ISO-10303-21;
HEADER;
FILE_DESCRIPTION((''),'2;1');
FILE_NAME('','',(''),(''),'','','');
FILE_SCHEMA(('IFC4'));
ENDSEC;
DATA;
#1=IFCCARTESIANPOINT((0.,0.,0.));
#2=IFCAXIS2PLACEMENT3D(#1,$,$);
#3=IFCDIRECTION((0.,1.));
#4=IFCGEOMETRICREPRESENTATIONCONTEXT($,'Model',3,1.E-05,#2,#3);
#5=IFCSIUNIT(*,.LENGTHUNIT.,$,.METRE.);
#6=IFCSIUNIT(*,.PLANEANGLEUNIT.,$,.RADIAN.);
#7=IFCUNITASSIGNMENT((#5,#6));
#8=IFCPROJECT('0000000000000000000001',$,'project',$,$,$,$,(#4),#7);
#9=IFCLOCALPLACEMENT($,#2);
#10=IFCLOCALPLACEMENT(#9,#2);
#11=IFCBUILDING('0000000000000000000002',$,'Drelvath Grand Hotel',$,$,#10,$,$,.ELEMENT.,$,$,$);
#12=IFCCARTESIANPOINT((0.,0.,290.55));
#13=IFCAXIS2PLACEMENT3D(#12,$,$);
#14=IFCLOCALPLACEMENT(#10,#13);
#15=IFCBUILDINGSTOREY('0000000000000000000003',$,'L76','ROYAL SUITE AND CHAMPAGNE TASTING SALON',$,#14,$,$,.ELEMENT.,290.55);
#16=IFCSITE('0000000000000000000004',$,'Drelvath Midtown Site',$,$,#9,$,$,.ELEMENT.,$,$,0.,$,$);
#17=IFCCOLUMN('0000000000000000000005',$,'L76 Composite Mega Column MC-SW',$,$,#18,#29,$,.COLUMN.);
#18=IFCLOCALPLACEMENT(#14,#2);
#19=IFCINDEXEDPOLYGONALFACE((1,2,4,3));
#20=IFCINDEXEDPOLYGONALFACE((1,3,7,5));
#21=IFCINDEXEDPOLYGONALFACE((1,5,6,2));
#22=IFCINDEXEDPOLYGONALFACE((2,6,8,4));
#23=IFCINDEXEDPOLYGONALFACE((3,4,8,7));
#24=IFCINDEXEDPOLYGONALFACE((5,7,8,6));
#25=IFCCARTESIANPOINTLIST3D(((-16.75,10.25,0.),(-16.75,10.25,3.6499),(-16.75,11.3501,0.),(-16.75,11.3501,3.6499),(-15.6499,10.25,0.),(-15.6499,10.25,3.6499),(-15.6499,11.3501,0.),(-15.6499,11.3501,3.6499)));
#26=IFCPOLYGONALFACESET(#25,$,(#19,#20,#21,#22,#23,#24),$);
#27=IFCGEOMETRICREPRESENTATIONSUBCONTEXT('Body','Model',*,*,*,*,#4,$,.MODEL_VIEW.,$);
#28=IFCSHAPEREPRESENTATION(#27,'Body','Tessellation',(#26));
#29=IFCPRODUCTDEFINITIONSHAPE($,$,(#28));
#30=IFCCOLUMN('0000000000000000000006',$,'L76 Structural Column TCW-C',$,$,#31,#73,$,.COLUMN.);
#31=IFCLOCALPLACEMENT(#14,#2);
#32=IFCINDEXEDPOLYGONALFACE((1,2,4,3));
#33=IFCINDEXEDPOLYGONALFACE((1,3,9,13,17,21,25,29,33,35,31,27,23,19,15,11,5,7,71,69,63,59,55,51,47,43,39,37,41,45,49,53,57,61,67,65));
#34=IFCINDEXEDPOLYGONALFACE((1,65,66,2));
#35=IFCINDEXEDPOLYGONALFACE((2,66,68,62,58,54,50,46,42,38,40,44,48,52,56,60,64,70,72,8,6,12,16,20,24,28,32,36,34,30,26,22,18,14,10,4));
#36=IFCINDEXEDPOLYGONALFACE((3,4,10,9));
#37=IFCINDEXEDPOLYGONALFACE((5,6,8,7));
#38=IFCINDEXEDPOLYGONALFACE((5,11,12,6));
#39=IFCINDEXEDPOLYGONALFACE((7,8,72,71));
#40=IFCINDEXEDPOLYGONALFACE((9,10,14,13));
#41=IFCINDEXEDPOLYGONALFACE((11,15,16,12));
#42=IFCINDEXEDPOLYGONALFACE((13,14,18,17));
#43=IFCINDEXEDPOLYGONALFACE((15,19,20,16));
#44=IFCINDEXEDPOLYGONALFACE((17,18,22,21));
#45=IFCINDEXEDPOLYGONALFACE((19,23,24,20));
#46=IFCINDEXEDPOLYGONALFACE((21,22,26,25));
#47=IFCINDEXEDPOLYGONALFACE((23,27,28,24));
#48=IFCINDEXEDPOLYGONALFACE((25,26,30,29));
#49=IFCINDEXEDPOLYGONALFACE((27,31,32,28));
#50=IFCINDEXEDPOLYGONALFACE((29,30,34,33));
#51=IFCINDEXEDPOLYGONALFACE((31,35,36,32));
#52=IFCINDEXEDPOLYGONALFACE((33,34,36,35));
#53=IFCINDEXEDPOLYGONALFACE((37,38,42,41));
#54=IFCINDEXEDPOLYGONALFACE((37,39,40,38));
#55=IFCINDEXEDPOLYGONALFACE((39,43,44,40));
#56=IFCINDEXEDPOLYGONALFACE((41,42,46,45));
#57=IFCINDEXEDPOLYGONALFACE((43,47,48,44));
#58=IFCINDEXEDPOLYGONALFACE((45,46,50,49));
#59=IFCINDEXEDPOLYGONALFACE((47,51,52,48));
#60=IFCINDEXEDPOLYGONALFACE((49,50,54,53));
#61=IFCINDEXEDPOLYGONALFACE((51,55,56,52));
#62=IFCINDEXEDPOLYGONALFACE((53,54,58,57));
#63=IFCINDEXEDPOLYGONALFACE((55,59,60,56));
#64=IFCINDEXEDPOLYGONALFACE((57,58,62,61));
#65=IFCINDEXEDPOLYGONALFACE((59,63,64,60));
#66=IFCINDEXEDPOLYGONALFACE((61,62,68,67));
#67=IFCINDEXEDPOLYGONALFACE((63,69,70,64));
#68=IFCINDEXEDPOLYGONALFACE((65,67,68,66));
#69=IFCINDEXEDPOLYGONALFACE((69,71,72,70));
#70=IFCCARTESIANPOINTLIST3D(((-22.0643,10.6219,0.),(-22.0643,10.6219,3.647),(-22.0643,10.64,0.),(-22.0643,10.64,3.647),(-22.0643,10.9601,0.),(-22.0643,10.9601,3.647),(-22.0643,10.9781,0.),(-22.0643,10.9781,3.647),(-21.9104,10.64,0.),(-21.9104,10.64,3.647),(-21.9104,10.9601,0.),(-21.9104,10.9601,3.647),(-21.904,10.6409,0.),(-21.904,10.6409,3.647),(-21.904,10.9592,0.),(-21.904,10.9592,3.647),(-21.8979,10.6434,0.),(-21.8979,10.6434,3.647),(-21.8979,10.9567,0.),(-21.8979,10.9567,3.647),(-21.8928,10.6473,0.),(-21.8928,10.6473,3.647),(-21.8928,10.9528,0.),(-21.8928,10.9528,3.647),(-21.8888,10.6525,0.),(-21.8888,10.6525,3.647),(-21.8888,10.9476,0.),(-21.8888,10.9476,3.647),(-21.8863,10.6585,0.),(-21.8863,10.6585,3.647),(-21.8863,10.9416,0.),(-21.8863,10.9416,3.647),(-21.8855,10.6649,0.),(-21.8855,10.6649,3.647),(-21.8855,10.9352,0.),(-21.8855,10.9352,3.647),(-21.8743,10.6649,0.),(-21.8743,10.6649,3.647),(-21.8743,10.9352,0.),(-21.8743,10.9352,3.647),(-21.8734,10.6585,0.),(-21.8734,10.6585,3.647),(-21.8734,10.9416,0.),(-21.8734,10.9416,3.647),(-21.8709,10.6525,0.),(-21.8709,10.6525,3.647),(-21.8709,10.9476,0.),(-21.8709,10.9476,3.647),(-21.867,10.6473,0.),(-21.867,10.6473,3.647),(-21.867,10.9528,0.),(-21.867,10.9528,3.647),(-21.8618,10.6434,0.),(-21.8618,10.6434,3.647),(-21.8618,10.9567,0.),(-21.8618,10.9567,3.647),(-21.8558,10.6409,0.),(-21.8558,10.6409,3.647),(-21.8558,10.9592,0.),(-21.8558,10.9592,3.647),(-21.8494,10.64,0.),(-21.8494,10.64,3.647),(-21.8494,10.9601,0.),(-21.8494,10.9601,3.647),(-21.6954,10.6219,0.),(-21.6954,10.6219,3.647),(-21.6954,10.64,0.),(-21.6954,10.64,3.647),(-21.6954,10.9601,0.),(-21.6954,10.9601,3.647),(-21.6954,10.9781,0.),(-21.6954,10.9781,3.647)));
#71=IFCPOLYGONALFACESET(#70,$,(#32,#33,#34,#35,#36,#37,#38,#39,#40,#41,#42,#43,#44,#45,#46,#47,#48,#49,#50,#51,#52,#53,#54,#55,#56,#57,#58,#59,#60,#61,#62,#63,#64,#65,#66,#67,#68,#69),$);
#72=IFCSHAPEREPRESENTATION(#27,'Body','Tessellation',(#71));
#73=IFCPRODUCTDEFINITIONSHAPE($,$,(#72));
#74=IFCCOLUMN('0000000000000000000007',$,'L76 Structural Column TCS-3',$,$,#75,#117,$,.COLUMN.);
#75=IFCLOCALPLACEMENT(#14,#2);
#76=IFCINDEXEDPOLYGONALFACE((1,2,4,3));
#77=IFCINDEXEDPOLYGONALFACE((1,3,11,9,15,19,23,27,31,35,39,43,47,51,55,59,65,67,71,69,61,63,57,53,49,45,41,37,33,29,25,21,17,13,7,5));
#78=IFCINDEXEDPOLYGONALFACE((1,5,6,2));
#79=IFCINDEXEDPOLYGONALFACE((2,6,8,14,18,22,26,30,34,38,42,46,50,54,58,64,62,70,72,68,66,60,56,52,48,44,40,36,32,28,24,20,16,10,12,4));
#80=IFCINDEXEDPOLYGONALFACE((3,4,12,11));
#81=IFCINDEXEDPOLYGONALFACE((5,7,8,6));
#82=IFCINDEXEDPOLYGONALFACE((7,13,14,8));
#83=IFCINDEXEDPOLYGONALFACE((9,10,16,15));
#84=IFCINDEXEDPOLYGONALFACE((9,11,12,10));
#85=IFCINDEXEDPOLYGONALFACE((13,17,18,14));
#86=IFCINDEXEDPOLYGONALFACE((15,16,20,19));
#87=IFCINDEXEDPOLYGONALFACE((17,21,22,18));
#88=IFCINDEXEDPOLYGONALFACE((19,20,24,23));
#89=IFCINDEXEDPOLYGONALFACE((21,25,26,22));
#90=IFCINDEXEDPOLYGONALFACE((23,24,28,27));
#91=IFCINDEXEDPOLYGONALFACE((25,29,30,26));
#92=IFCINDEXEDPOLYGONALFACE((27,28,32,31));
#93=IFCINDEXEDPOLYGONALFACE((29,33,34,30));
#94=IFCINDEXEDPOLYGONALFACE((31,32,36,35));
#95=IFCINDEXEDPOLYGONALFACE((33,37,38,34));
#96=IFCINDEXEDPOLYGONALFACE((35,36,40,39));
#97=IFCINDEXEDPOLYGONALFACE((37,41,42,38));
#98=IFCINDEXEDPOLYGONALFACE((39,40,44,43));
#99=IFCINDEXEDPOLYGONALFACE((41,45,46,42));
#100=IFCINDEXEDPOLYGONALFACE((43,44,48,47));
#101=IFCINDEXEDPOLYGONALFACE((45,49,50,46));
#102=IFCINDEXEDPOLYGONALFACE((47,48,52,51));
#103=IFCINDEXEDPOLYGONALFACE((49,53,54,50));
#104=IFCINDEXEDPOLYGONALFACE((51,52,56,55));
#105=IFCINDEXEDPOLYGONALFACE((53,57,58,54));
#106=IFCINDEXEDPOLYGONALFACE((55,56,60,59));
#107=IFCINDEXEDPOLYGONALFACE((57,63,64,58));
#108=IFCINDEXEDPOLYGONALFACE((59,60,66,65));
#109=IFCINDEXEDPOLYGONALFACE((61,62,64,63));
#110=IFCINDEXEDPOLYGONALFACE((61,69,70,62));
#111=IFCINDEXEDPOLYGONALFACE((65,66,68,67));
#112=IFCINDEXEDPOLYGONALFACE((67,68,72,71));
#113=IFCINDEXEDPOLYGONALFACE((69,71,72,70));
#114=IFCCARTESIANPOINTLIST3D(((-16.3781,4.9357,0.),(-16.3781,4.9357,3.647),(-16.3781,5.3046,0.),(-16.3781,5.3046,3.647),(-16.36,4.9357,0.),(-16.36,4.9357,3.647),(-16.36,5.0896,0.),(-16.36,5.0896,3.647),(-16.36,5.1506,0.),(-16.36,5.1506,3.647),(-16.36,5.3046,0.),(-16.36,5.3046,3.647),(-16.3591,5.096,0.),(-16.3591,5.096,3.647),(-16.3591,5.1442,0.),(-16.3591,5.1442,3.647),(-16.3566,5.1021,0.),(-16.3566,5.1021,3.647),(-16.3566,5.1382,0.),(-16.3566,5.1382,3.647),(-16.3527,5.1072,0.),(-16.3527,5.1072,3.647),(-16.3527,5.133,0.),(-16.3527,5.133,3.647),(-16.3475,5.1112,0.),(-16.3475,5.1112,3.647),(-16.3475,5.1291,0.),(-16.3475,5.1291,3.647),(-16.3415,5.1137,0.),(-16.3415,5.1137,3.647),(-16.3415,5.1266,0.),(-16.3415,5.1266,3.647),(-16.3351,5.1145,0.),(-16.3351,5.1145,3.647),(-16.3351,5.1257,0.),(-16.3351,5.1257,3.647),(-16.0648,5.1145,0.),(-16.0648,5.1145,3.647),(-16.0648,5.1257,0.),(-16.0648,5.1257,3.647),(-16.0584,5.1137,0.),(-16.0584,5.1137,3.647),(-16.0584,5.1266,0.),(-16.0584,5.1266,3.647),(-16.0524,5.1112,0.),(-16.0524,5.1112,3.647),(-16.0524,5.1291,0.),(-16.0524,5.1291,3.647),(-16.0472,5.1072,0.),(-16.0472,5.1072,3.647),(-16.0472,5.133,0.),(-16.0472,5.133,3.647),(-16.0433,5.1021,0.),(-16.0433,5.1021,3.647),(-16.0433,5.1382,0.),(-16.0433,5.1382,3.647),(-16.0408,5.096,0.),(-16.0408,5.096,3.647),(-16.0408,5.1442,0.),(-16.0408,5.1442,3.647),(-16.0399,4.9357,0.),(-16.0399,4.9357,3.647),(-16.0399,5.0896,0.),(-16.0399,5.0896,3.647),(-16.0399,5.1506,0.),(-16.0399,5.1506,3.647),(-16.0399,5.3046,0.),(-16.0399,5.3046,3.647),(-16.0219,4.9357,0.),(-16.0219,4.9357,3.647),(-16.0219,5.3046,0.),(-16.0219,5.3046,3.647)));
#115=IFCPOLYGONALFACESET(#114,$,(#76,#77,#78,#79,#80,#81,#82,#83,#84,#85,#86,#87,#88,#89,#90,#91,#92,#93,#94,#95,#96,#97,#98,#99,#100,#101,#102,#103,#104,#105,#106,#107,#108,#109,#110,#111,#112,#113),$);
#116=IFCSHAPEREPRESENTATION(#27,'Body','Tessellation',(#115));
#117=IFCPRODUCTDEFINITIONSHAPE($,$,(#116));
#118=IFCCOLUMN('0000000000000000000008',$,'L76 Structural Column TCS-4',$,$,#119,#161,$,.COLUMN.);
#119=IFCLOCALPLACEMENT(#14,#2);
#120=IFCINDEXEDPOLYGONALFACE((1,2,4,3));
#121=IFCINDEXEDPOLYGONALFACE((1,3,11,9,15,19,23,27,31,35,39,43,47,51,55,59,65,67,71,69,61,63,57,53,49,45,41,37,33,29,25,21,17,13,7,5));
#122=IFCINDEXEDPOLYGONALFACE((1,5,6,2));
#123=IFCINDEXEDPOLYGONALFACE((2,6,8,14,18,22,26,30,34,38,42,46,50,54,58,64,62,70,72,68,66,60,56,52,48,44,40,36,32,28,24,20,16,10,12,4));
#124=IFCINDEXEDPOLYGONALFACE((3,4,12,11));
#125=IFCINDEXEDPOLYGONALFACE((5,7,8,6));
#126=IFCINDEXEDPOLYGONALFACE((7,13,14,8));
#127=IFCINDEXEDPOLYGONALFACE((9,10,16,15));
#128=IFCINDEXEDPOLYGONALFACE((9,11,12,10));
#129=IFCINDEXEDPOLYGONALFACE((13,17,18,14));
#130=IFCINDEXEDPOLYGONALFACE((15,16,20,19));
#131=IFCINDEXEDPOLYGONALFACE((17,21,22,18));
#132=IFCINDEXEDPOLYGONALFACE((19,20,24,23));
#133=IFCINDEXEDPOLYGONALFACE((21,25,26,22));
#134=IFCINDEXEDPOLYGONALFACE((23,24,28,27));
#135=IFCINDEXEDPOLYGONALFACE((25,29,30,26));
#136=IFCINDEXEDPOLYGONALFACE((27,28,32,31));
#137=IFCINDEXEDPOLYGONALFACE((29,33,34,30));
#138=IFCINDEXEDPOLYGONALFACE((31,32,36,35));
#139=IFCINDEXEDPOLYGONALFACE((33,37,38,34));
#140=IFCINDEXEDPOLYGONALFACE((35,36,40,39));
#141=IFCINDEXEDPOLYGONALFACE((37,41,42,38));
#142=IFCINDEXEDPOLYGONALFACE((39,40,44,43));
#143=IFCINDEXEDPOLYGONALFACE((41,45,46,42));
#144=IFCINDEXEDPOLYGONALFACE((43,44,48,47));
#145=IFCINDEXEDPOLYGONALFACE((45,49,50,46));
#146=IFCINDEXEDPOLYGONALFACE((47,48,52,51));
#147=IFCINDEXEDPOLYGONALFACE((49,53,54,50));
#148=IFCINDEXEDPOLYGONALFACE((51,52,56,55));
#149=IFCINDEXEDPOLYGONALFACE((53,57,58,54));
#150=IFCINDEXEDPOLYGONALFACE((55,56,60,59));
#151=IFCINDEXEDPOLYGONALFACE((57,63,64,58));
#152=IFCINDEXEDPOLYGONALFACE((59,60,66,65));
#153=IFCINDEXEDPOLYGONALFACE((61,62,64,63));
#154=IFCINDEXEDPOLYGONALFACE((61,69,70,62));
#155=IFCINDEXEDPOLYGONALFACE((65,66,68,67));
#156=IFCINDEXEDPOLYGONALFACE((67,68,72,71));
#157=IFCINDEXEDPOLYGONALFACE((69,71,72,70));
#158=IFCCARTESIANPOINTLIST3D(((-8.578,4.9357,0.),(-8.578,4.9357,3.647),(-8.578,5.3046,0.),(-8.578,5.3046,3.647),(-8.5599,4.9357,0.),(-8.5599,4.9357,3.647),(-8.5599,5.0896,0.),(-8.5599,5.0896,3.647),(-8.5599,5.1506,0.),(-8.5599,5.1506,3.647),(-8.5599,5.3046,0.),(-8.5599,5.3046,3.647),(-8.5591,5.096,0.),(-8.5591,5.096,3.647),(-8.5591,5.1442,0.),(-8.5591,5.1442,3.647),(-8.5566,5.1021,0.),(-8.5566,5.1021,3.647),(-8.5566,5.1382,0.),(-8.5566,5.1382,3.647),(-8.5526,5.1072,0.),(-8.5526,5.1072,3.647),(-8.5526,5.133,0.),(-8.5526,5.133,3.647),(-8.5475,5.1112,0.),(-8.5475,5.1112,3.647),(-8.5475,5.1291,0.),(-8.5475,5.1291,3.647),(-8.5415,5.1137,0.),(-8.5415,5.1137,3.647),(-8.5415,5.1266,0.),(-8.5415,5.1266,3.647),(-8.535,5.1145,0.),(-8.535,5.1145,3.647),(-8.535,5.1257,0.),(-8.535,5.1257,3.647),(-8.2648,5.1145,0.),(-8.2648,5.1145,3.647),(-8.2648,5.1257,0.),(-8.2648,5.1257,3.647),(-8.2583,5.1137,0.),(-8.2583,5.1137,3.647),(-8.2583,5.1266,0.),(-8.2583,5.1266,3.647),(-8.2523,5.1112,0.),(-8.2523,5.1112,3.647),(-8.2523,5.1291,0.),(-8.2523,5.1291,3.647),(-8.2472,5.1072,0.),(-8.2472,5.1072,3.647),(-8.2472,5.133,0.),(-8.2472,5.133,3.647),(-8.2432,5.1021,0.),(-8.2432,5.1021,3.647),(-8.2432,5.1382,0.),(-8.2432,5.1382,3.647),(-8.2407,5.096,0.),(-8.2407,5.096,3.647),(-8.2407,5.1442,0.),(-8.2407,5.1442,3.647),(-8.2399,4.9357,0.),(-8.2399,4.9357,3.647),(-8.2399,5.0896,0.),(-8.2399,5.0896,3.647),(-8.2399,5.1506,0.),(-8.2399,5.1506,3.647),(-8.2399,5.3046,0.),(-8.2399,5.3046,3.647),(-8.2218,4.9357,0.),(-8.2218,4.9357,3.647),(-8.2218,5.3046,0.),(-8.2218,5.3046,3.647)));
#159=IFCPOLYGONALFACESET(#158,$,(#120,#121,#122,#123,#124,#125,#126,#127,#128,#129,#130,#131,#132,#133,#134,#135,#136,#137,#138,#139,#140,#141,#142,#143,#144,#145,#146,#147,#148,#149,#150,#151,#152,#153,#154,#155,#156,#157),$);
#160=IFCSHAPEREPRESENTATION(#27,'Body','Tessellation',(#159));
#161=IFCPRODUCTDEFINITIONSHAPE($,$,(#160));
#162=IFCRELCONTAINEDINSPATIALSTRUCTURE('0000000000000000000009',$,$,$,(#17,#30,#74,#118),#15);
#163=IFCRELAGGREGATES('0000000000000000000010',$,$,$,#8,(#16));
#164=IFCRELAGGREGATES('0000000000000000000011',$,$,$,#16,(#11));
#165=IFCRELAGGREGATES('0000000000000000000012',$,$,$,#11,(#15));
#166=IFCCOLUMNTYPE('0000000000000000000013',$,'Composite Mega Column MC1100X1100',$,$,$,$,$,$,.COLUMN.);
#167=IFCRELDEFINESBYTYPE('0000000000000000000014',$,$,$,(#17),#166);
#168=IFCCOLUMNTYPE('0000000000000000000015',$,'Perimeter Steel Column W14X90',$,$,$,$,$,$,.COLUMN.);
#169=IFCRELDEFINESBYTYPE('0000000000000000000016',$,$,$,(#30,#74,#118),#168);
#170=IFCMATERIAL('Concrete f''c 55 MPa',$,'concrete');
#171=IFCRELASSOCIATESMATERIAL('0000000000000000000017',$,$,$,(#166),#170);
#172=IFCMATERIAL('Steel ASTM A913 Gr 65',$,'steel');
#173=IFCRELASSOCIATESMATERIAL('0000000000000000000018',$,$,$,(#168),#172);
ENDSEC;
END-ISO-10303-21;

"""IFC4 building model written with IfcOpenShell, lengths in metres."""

from ifc_helpers import new_model, si_unit, direction, frame, origin, origin_2d, place, context, subcontext, project, spatial, rectangle, i_section, extrude, material, material_profile, profile_set, type_object, element, save


model = new_model("IFC4")

# Units and contexts
model_context = context("Model", 3, precision=1e-05, world=origin(), true_north=direction((0.0, 1.0)))
body_context = subcontext(model_context, "Body", "Model", "MODEL_VIEW")
ifc_project = project(units=[si_unit("LENGTHUNIT", "METRE"), si_unit("PLANEANGLEUNIT", "RADIAN")], contexts=[model_context])

# Site, building, storey
site_placement = place(None, origin())
site = spatial("IfcSite", under=ifc_project, at=site_placement, Name="Drelvath Midtown Site", CompositionType="ELEMENT", RefElevation=0.0)
building_placement = place(site_placement, origin())
building = spatial("IfcBuilding", under=site, at=building_placement, Name="Drelvath Grand Hotel", CompositionType="ELEMENT")
storey_placement = place(building_placement, frame((0.0, 0.0, 290.55)))
storey = spatial("IfcBuildingStorey", under=building, at=storey_placement, Name="L76", Description="ROYAL SUITE AND CHAMPAGNE TASTING SALON", CompositionType="ELEMENT", Elevation=290.55)

# Columns
ifc_material_1 = material(Name="Concrete f'c 55 MPa", Category="concrete")
ifc_material_profile_1 = material_profile(ifc_material_1, rectangle(XDim=1.1001, YDim=1.1001, at=origin_2d()), Name="MC1100X1100")
ifc_profile_set_1 = profile_set([ifc_material_profile_1], Name="Concrete f'c 55 MPa")
column_type_1 = type_object("IfcColumnType", Name="Composite Mega Column MC1100X1100", PredefinedType="COLUMN", material=ifc_profile_set_1)
column_placement = place(storey_placement, frame((-16.2, 10.8, 0.0), z_axis=(0.0, 0.0, 1.0), x_axis=(1.0, 0.0, 0.0)))
element("IfcColumn", 1, at=column_placement, inside=storey, type_object=column_type_1, Name="L76 Composite Mega Column MC-SW", PredefinedType="COLUMN", context=body_context, shape_type="SweptSolid", body=[
    extrude(rectangle(XDim=1.1001, YDim=1.1001, at=origin_2d()), origin(), (0.0, 0.0, 1.0), 3.6499),
])
ifc_material_2 = material(Name="Steel ASTM A913 Gr 65", Category="steel")
ifc_material_profile_2 = material_profile(ifc_material_2, i_section(OverallWidth=0.3689, OverallDepth=0.3562, WebThickness=0.0112, FlangeThickness=0.0181, FilletRadius=0.0249, at=origin_2d()), Name="W14X90")
ifc_profile_set_2 = profile_set([ifc_material_profile_2], Name="Steel ASTM A913 Gr 65")
column_type_2 = type_object("IfcColumnType", Name="Perimeter Steel Column W14X90", PredefinedType="COLUMN", material=ifc_profile_set_2)
for number, where, z_axis, x_axis, name in (
    (2, (-21.8799, 10.8, 0.0), (0.0, 0.0, 1.0), (1.0, 0.0, 0.0), "L76 Structural Column TCW-C"),
    (3, (-16.2, 5.1201, 0.0), (0.0, 0.0, 1.0), (0.0, 1.0, 0.0), "L76 Structural Column TCS-3"),
    (4, (-8.3999, 5.1201, 0.0), (0.0, 0.0, 1.0), (0.0, 1.0, 0.0), "L76 Structural Column TCS-4"),
):
    element("IfcColumn", number, at=place(storey_placement, frame(where, z_axis=z_axis, x_axis=x_axis)), inside=storey, type_object=column_type_2, Name=name, PredefinedType="COLUMN", context=body_context, shape_type="SweptSolid", body=[
        extrude(i_section(OverallWidth=0.3689, OverallDepth=0.3562, WebThickness=0.0112, FlangeThickness=0.0181, FilletRadius=0.0249, at=origin_2d()), origin(), (0.0, 0.0, 1.0), 3.647),
    ])

save(model, "model.ifc")
